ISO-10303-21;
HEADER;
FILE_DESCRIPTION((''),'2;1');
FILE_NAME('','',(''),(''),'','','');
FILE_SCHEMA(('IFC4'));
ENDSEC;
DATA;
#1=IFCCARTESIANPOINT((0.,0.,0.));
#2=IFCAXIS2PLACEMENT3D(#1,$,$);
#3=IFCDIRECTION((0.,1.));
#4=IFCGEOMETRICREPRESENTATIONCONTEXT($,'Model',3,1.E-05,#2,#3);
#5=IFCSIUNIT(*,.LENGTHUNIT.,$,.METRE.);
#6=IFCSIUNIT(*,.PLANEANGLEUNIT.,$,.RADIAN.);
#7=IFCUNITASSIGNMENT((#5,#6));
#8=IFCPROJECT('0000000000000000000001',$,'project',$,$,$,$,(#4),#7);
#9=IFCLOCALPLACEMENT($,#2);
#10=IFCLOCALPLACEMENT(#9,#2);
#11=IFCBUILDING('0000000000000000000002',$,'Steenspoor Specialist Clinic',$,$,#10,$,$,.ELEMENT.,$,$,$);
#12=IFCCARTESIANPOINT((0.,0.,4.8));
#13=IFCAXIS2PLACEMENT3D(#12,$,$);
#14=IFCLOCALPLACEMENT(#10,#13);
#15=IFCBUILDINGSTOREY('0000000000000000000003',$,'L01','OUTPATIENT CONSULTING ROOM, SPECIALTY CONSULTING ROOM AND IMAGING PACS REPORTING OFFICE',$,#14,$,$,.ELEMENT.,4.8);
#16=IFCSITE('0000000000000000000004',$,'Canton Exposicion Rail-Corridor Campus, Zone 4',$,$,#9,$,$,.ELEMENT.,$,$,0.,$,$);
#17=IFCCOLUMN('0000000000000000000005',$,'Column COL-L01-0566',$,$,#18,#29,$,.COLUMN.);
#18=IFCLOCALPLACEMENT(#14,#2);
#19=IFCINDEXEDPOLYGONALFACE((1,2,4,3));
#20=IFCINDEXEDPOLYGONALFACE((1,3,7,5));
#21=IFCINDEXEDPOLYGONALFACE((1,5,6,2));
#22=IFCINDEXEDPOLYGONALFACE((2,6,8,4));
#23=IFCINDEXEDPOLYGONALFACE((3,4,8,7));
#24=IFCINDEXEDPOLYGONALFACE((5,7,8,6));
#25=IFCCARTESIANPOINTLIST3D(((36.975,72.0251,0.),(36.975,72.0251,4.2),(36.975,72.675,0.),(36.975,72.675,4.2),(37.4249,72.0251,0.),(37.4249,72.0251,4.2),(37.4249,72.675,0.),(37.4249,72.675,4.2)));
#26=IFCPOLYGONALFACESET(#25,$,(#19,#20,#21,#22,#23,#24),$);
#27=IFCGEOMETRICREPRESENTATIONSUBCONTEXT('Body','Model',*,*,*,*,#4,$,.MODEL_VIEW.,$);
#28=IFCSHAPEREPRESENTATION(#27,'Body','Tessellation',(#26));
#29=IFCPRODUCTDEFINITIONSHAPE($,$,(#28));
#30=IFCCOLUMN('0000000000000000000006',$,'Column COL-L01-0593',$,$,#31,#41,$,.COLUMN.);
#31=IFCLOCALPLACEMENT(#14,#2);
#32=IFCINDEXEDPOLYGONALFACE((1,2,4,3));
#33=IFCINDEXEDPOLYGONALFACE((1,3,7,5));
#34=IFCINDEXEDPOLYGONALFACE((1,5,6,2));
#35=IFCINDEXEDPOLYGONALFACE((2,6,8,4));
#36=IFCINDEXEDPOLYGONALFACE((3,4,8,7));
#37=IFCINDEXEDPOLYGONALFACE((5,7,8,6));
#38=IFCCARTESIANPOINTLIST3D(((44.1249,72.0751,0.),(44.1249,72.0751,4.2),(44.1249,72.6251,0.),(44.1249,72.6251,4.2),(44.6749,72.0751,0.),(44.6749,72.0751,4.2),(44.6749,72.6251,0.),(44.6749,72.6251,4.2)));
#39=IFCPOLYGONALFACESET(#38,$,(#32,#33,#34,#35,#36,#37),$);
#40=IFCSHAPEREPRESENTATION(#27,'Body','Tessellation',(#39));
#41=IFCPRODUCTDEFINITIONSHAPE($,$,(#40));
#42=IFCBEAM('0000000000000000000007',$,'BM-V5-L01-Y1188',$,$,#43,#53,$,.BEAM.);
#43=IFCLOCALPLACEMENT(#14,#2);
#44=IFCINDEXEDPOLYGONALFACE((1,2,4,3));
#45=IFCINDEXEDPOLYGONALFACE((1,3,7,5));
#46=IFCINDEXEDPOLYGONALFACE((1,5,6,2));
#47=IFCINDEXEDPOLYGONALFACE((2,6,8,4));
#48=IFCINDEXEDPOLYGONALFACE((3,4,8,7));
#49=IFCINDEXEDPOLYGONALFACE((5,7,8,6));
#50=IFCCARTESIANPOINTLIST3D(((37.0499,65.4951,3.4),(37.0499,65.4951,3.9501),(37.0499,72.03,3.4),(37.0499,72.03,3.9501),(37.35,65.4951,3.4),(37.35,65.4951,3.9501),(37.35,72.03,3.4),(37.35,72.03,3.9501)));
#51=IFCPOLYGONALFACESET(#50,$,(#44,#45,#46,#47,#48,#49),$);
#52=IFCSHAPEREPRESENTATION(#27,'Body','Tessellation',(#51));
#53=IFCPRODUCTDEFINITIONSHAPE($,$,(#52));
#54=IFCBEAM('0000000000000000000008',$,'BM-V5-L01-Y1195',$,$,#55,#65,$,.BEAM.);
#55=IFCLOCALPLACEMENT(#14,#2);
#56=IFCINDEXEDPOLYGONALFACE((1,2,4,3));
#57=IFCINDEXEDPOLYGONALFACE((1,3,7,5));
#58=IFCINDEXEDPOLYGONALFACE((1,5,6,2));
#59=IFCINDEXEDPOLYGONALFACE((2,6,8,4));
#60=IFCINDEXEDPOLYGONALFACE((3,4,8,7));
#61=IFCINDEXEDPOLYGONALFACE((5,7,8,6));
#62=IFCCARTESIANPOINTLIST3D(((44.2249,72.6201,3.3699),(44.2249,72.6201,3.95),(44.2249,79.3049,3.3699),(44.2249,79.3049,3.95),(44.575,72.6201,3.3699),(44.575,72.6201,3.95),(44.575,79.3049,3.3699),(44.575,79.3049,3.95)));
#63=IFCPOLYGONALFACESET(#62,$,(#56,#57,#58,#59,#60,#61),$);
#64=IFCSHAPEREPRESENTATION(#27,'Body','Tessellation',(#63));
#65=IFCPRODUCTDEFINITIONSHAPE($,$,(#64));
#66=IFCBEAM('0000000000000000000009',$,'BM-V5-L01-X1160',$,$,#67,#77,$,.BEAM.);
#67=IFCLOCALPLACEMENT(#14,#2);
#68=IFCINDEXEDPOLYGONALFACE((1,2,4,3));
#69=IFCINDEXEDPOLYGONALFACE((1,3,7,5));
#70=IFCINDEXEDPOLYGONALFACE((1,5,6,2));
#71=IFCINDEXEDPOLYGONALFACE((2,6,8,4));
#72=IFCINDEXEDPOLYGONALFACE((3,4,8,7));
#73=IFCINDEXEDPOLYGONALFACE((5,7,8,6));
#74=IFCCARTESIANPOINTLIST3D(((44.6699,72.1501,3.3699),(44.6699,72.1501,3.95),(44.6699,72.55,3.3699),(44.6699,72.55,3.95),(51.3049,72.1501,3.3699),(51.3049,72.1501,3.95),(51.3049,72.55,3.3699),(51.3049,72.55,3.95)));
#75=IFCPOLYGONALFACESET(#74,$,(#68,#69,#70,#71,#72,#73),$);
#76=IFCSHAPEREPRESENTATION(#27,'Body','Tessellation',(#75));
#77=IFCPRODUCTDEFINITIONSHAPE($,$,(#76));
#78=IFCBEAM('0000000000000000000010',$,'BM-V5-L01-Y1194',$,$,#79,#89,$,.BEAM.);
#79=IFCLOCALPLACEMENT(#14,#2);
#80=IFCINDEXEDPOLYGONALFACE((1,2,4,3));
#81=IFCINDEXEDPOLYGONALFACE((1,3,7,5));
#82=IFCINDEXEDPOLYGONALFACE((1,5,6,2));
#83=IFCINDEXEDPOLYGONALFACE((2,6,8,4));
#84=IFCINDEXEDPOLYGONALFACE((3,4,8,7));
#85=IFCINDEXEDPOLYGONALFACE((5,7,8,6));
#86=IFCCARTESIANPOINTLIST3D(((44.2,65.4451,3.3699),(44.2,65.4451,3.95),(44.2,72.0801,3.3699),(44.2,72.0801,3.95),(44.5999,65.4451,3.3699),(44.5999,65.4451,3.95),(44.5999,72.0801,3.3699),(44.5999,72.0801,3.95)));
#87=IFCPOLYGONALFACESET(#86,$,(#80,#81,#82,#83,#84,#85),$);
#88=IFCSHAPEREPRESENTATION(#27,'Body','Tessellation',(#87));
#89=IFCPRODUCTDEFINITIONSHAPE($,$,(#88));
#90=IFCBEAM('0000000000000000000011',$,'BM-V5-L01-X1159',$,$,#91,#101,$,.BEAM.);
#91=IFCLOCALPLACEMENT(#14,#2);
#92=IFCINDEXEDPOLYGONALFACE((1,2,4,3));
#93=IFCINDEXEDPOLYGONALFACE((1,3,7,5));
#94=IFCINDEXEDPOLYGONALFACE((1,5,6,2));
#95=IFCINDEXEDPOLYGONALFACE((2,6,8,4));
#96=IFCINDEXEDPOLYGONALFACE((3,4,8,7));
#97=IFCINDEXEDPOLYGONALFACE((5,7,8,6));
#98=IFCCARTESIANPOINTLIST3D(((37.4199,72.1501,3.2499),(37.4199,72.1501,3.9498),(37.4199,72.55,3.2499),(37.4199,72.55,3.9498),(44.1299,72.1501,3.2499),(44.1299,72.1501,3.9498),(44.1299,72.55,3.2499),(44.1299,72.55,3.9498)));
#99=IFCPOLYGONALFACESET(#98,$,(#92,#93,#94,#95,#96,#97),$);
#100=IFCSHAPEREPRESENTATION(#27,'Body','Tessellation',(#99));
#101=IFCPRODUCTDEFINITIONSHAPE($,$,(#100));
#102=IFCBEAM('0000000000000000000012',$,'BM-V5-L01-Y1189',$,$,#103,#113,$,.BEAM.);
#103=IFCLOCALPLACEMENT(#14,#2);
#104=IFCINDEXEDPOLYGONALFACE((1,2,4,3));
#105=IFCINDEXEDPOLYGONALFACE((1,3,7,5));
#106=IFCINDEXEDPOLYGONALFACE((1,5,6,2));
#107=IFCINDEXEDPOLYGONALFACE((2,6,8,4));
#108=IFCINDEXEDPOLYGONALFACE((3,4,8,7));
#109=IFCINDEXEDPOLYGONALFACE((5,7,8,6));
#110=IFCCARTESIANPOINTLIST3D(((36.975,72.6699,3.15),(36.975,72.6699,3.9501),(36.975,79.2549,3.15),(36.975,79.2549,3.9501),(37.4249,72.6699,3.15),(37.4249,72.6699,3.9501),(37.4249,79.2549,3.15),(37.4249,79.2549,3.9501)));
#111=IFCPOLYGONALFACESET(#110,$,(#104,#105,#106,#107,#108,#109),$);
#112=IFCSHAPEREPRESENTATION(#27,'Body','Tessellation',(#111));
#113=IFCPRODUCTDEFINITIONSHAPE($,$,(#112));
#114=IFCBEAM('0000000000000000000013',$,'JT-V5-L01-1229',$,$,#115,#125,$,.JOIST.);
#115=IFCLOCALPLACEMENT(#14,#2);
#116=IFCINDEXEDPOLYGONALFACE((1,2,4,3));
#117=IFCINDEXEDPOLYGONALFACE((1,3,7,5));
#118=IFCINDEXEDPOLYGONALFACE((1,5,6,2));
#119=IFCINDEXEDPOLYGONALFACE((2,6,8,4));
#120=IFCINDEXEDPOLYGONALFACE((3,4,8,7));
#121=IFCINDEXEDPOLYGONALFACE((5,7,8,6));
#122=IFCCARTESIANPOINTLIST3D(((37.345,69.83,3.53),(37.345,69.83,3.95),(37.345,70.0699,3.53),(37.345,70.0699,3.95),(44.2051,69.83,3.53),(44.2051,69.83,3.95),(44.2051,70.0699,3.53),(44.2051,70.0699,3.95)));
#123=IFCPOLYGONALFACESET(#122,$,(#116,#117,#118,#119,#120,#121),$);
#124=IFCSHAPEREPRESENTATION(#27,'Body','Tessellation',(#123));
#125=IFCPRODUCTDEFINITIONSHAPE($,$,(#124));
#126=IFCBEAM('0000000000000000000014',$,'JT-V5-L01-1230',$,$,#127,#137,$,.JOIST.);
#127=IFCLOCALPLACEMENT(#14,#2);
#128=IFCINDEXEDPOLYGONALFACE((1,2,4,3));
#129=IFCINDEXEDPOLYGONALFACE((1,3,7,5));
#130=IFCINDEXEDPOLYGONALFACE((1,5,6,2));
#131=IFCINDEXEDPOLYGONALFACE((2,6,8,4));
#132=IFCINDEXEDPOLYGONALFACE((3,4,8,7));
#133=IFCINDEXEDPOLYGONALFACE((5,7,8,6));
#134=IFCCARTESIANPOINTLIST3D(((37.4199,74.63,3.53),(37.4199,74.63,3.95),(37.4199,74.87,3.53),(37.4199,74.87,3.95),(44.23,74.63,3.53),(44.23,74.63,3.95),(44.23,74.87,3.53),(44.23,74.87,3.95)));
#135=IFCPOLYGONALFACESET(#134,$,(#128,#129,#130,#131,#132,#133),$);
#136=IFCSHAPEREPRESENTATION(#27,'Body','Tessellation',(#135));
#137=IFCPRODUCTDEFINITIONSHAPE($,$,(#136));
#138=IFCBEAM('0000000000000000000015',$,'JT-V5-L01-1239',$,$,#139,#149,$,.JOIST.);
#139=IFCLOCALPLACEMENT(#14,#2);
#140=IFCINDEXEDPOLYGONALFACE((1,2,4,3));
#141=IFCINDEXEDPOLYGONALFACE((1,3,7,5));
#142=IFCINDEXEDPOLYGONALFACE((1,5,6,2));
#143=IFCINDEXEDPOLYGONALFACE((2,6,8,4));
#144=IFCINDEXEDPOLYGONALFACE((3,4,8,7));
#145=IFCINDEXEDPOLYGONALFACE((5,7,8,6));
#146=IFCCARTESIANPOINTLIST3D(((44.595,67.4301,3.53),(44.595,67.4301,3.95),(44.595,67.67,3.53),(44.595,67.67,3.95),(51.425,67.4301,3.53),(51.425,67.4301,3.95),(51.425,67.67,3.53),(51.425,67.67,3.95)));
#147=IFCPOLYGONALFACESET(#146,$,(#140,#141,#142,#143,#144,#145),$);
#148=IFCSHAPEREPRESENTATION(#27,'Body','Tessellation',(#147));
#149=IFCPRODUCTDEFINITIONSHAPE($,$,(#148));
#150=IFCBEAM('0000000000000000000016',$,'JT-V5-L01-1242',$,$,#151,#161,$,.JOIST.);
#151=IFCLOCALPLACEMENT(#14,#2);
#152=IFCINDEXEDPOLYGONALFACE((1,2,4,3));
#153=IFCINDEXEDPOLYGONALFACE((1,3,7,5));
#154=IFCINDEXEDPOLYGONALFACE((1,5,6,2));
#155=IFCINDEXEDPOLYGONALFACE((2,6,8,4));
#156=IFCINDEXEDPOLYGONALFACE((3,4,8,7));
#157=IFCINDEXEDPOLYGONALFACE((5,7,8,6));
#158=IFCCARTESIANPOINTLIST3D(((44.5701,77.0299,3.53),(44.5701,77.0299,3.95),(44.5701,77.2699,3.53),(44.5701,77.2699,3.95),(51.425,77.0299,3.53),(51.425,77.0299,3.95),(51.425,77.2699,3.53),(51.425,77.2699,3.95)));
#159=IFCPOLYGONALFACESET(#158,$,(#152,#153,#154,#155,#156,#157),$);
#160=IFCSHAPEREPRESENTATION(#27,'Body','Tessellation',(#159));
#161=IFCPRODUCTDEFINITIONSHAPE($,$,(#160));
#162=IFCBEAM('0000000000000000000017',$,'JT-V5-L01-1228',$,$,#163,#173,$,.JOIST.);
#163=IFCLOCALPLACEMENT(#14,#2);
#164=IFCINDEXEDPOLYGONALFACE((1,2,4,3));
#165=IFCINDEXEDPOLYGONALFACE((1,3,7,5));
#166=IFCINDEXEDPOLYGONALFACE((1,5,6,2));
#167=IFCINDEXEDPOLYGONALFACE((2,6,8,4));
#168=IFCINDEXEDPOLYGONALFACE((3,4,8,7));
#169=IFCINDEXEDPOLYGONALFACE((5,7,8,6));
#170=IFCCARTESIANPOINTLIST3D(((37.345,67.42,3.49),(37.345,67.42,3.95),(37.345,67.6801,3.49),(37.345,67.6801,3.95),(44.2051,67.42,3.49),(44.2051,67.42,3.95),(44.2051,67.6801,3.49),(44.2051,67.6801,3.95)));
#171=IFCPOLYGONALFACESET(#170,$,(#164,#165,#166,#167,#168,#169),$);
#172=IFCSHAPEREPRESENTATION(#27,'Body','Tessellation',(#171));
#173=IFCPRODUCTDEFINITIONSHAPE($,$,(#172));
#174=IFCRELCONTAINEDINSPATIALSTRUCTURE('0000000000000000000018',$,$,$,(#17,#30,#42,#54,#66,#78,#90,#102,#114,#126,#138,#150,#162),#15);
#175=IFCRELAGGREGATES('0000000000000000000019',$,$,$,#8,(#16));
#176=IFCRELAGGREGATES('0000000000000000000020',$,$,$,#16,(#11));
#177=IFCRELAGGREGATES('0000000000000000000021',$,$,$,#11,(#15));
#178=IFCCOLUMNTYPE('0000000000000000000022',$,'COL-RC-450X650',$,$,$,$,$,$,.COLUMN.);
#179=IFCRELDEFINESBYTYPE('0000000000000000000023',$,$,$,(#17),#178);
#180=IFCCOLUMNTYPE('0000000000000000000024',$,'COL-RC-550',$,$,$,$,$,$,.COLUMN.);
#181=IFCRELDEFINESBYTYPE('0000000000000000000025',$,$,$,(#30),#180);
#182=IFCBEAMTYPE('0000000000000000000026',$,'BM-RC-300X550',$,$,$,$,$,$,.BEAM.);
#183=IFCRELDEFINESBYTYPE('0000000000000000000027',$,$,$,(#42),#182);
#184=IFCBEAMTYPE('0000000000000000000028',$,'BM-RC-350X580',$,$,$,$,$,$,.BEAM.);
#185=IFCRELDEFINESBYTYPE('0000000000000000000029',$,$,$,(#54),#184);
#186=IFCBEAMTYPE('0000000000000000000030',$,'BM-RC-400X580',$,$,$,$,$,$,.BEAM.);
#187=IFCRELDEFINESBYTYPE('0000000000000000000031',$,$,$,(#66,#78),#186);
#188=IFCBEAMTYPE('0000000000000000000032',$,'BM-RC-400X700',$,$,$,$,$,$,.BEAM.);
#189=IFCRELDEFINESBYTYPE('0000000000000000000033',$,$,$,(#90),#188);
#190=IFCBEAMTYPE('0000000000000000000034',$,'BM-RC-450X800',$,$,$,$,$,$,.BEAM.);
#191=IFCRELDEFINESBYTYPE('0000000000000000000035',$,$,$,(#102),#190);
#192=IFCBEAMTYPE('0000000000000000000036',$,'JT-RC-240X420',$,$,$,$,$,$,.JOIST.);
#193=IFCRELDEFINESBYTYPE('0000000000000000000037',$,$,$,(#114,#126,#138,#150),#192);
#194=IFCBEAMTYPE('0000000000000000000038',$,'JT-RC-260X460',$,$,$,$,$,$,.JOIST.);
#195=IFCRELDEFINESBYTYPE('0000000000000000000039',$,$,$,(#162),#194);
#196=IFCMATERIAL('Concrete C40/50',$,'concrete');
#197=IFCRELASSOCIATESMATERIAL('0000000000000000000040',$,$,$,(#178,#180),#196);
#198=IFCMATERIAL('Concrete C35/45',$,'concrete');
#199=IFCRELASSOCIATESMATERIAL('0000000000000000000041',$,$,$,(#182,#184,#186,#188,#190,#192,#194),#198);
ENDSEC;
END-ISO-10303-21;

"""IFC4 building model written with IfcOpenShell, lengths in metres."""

from ifc_helpers import new_model, si_unit, direction, frame, origin, origin_2d, place, context, subcontext, project, spatial, rectangle, extrude, material, material_profile, profile_set, type_object, element, save


model = new_model("IFC4")

# Units and contexts
model_context = context("Model", 3, precision=1e-05, world=origin(), true_north=direction((0.0, 1.0)))
body_context = subcontext(model_context, "Body", "Model", "MODEL_VIEW")
ifc_project = project(units=[si_unit("LENGTHUNIT", "METRE"), si_unit("PLANEANGLEUNIT", "RADIAN")], contexts=[model_context])

# Site, building, storey
site_placement = place(None, origin())
site = spatial("IfcSite", under=ifc_project, at=site_placement, Name="Canton Exposicion Rail-Corridor Campus, Zone 4", CompositionType="ELEMENT", RefElevation=0.0)
building_placement = place(site_placement, origin())
building = spatial("IfcBuilding", under=site, at=building_placement, Name="Steenspoor Specialist Clinic", CompositionType="ELEMENT")
storey_placement = place(building_placement, frame((0.0, 0.0, 4.8)))
storey = spatial("IfcBuildingStorey", under=building, at=storey_placement, Name="L01", Description="OUTPATIENT CONSULTING ROOM, SPECIALTY CONSULTING ROOM AND IMAGING PACS REPORTING OFFICE", CompositionType="ELEMENT", Elevation=4.8)

# Columns
ifc_material_1 = material(Name="Concrete C40/50", Category="concrete")
ifc_material_profile_1 = material_profile(ifc_material_1, rectangle(XDim=0.45, YDim=0.6499, at=origin_2d()), Name="RC-COL-450X650")
ifc_profile_set_1 = profile_set([ifc_material_profile_1], Name="Concrete C40/50")
column_type_1 = type_object("IfcColumnType", Name="COL-RC-450X650", PredefinedType="COLUMN", material=ifc_profile_set_1)
column_1_placement = place(storey_placement, frame((37.2, 72.3501, 0.0), z_axis=(0.0, 0.0, 1.0), x_axis=(1.0, 0.0, 0.0)))
element("IfcColumn", 1, at=column_1_placement, inside=storey, type_object=column_type_1, Name="Column COL-L01-0566", PredefinedType="COLUMN", context=body_context, shape_type="SweptSolid", body=[
    extrude(rectangle(XDim=0.45, YDim=0.6499, at=origin_2d()), origin(), (0.0, 0.0, 1.0), 4.2),
])
ifc_material_profile_2 = material_profile(ifc_material_1, rectangle(XDim=0.55, YDim=0.55, at=origin_2d()), Name="RC-COL-550X550")
ifc_profile_set_2 = profile_set([ifc_material_profile_2], Name="Concrete C40/50")
column_type_2 = type_object("IfcColumnType", Name="COL-RC-550", PredefinedType="COLUMN", material=ifc_profile_set_2)
column_2_placement = place(storey_placement, frame((44.3999, 72.3501, 0.0), z_axis=(0.0, 0.0, 1.0), x_axis=(1.0, 0.0, 0.0)))
element("IfcColumn", 2, at=column_2_placement, inside=storey, type_object=column_type_2, Name="Column COL-L01-0593", PredefinedType="COLUMN", context=body_context, shape_type="SweptSolid", body=[
    extrude(rectangle(XDim=0.55, YDim=0.55, at=origin_2d()), origin(), (0.0, 0.0, 1.0), 4.2),
])

# Beams
ifc_material_2 = material(Name="Concrete C35/45", Category="concrete")
ifc_material_profile_3 = material_profile(ifc_material_2, rectangle(XDim=0.3, YDim=0.55, at=origin_2d()), Name="RC-BM-300X550")
ifc_profile_set_3 = profile_set([ifc_material_profile_3], Name="Concrete C35/45")
beam_type_1 = type_object("IfcBeamType", Name="BM-RC-300X550", PredefinedType="BEAM", material=ifc_profile_set_3)
beam_1_placement = place(storey_placement, frame((37.2, 65.4951, 3.675), z_axis=(0.0, 1.0, 0.0), x_axis=(-1.0, 0.0, 0.0)))
element("IfcBeam", 3, at=beam_1_placement, inside=storey, type_object=beam_type_1, Name="BM-V5-L01-Y1188", PredefinedType="BEAM", context=body_context, shape_type="SweptSolid", body=[
    extrude(rectangle(XDim=0.3, YDim=0.55, at=origin_2d()), origin(), (0.0, 0.0, 1.0), 6.5349),
])
ifc_material_profile_4 = material_profile(ifc_material_2, rectangle(XDim=0.3501, YDim=0.5801, at=origin_2d()), Name="RC-BM-350X580")
ifc_profile_set_4 = profile_set([ifc_material_profile_4], Name="Concrete C35/45")
beam_type_2 = type_object("IfcBeamType", Name="BM-RC-350X580", PredefinedType="BEAM", material=ifc_profile_set_4)
beam_2_placement = place(storey_placement, frame((44.3999, 72.6201, 3.6599), z_axis=(0.0, 1.0, 0.0), x_axis=(-1.0, 0.0, 0.0)))
element("IfcBeam", 4, at=beam_2_placement, inside=storey, type_object=beam_type_2, Name="BM-V5-L01-Y1195", PredefinedType="BEAM", context=body_context, shape_type="SweptSolid", body=[
    extrude(rectangle(XDim=0.3501, YDim=0.5801, at=origin_2d()), origin(), (0.0, 0.0, 1.0), 6.6848),
])
ifc_material_profile_5 = material_profile(ifc_material_2, rectangle(XDim=0.3999, YDim=0.5801, at=origin_2d()), Name="RC-BM-400X580")
ifc_profile_set_5 = profile_set([ifc_material_profile_5], Name="Concrete C35/45")
beam_type_3 = type_object("IfcBeamType", Name="BM-RC-400X580", PredefinedType="BEAM", material=ifc_profile_set_5)
for number, where, z_axis, x_axis, name in (
    (5, (44.6699, 72.3501, 3.6599), (1.0, 0.0, 0.0), (0.0, 1.0, 0.0), "BM-V5-L01-X1160"),
    (6, (44.3999, 65.4451, 3.6599), (0.0, 1.0, 0.0), (-1.0, 0.0, 0.0), "BM-V5-L01-Y1194"),
):
    element("IfcBeam", number, at=place(storey_placement, frame(where, z_axis=z_axis, x_axis=x_axis)), inside=storey, type_object=beam_type_3, Name=name, PredefinedType="BEAM", context=body_context, shape_type="SweptSolid", body=[
        extrude(rectangle(XDim=0.3999, YDim=0.5801, at=origin_2d()), origin(), (0.0, 0.0, 1.0), 6.635),
    ])
ifc_material_profile_6 = material_profile(ifc_material_2, rectangle(XDim=0.3999, YDim=0.7, at=origin_2d()), Name="RC-BM-400X700")
ifc_profile_set_6 = profile_set([ifc_material_profile_6], Name="Concrete C35/45")
beam_type_4 = type_object("IfcBeamType", Name="BM-RC-400X700", PredefinedType="BEAM", material=ifc_profile_set_6)
beam_3_placement = place(storey_placement, frame((37.4199, 72.3501, 3.5999), z_axis=(1.0, 0.0, 0.0), x_axis=(0.0, 1.0, 0.0)))
element("IfcBeam", 7, at=beam_3_placement, inside=storey, type_object=beam_type_4, Name="BM-V5-L01-X1159", PredefinedType="BEAM", context=body_context, shape_type="SweptSolid", body=[
    extrude(rectangle(XDim=0.3999, YDim=0.7, at=origin_2d()), origin(), (0.0, 0.0, 1.0), 6.71),
])
ifc_material_profile_7 = material_profile(ifc_material_2, rectangle(XDim=0.45, YDim=0.8, at=origin_2d()), Name="RC-BM-450X800")
ifc_profile_set_7 = profile_set([ifc_material_profile_7], Name="Concrete C35/45")
beam_type_5 = type_object("IfcBeamType", Name="BM-RC-450X800", PredefinedType="BEAM", material=ifc_profile_set_7)
beam_4_placement = place(storey_placement, frame((37.2, 72.6699, 3.55), z_axis=(0.0, 1.0, 0.0), x_axis=(-1.0, 0.0, 0.0)))
element("IfcBeam", 8, at=beam_4_placement, inside=storey, type_object=beam_type_5, Name="BM-V5-L01-Y1189", PredefinedType="BEAM", context=body_context, shape_type="SweptSolid", body=[
    extrude(rectangle(XDim=0.45, YDim=0.8, at=origin_2d()), origin(), (0.0, 0.0, 1.0), 6.585),
])
ifc_material_profile_8 = material_profile(ifc_material_2, rectangle(XDim=0.24, YDim=0.4199, at=origin_2d()), Name="RC-JT-240X420")
ifc_profile_set_8 = profile_set([ifc_material_profile_8], Name="Concrete C35/45")
beam_type_6 = type_object("IfcBeamType", Name="JT-RC-240X420", PredefinedType="JOIST", material=ifc_profile_set_8)
beam_5_placement = place(storey_placement, frame((37.345, 69.95, 3.74), z_axis=(1.0, 0.0, 0.0), x_axis=(0.0, 1.0, 0.0)))
element("IfcBeam", 9, at=beam_5_placement, inside=storey, type_object=beam_type_6, Name="JT-V5-L01-1229", PredefinedType="JOIST", context=body_context, shape_type="SweptSolid", body=[
    extrude(rectangle(XDim=0.24, YDim=0.4199, at=origin_2d()), origin(), (0.0, 0.0, 1.0), 6.8601),
])
beam_6_placement = place(storey_placement, frame((37.4199, 74.75, 3.74), z_axis=(1.0, 0.0, 0.0), x_axis=(0.0, 1.0, 0.0)))
element("IfcBeam", 10, at=beam_6_placement, inside=storey, type_object=beam_type_6, Name="JT-V5-L01-1230", PredefinedType="JOIST", context=body_context, shape_type="SweptSolid", body=[
    extrude(rectangle(XDim=0.24, YDim=0.4199, at=origin_2d()), origin(), (0.0, 0.0, 1.0), 6.8101),
])
beam_7_placement = place(storey_placement, frame((44.595, 67.55, 3.74), z_axis=(1.0, 0.0, 0.0), x_axis=(0.0, 1.0, 0.0)))
element("IfcBeam", 11, at=beam_7_placement, inside=storey, type_object=beam_type_6, Name="JT-V5-L01-1239", PredefinedType="JOIST", context=body_context, shape_type="SweptSolid", body=[
    extrude(rectangle(XDim=0.24, YDim=0.4199, at=origin_2d()), origin(), (0.0, 0.0, 1.0), 6.8301),
])
beam_8_placement = place(storey_placement, frame((44.5701, 77.1499, 3.74), z_axis=(1.0, 0.0, 0.0), x_axis=(0.0, 1.0, 0.0)))
element("IfcBeam", 12, at=beam_8_placement, inside=storey, type_object=beam_type_6, Name="JT-V5-L01-1242", PredefinedType="JOIST", context=body_context, shape_type="SweptSolid", body=[
    extrude(rectangle(XDim=0.24, YDim=0.4199, at=origin_2d()), origin(), (0.0, 0.0, 1.0), 6.855),
])
ifc_material_profile_9 = material_profile(ifc_material_2, rectangle(XDim=0.26, YDim=0.46, at=origin_2d()), Name="RC-JT-260X460")
ifc_profile_set_9 = profile_set([ifc_material_profile_9], Name="Concrete C35/45")
beam_type_7 = type_object("IfcBeamType", Name="JT-RC-260X460", PredefinedType="JOIST", material=ifc_profile_set_9)
beam_9_placement = place(storey_placement, frame((37.345, 67.55, 3.72), z_axis=(1.0, 0.0, 0.0), x_axis=(0.0, 1.0, 0.0)))
element("IfcBeam", 13, at=beam_9_placement, inside=storey, type_object=beam_type_7, Name="JT-V5-L01-1228", PredefinedType="JOIST", context=body_context, shape_type="SweptSolid", body=[
    extrude(rectangle(XDim=0.26, YDim=0.46, at=origin_2d()), origin(), (0.0, 0.0, 1.0), 6.8601),
])

save(model, "model.ifc")
